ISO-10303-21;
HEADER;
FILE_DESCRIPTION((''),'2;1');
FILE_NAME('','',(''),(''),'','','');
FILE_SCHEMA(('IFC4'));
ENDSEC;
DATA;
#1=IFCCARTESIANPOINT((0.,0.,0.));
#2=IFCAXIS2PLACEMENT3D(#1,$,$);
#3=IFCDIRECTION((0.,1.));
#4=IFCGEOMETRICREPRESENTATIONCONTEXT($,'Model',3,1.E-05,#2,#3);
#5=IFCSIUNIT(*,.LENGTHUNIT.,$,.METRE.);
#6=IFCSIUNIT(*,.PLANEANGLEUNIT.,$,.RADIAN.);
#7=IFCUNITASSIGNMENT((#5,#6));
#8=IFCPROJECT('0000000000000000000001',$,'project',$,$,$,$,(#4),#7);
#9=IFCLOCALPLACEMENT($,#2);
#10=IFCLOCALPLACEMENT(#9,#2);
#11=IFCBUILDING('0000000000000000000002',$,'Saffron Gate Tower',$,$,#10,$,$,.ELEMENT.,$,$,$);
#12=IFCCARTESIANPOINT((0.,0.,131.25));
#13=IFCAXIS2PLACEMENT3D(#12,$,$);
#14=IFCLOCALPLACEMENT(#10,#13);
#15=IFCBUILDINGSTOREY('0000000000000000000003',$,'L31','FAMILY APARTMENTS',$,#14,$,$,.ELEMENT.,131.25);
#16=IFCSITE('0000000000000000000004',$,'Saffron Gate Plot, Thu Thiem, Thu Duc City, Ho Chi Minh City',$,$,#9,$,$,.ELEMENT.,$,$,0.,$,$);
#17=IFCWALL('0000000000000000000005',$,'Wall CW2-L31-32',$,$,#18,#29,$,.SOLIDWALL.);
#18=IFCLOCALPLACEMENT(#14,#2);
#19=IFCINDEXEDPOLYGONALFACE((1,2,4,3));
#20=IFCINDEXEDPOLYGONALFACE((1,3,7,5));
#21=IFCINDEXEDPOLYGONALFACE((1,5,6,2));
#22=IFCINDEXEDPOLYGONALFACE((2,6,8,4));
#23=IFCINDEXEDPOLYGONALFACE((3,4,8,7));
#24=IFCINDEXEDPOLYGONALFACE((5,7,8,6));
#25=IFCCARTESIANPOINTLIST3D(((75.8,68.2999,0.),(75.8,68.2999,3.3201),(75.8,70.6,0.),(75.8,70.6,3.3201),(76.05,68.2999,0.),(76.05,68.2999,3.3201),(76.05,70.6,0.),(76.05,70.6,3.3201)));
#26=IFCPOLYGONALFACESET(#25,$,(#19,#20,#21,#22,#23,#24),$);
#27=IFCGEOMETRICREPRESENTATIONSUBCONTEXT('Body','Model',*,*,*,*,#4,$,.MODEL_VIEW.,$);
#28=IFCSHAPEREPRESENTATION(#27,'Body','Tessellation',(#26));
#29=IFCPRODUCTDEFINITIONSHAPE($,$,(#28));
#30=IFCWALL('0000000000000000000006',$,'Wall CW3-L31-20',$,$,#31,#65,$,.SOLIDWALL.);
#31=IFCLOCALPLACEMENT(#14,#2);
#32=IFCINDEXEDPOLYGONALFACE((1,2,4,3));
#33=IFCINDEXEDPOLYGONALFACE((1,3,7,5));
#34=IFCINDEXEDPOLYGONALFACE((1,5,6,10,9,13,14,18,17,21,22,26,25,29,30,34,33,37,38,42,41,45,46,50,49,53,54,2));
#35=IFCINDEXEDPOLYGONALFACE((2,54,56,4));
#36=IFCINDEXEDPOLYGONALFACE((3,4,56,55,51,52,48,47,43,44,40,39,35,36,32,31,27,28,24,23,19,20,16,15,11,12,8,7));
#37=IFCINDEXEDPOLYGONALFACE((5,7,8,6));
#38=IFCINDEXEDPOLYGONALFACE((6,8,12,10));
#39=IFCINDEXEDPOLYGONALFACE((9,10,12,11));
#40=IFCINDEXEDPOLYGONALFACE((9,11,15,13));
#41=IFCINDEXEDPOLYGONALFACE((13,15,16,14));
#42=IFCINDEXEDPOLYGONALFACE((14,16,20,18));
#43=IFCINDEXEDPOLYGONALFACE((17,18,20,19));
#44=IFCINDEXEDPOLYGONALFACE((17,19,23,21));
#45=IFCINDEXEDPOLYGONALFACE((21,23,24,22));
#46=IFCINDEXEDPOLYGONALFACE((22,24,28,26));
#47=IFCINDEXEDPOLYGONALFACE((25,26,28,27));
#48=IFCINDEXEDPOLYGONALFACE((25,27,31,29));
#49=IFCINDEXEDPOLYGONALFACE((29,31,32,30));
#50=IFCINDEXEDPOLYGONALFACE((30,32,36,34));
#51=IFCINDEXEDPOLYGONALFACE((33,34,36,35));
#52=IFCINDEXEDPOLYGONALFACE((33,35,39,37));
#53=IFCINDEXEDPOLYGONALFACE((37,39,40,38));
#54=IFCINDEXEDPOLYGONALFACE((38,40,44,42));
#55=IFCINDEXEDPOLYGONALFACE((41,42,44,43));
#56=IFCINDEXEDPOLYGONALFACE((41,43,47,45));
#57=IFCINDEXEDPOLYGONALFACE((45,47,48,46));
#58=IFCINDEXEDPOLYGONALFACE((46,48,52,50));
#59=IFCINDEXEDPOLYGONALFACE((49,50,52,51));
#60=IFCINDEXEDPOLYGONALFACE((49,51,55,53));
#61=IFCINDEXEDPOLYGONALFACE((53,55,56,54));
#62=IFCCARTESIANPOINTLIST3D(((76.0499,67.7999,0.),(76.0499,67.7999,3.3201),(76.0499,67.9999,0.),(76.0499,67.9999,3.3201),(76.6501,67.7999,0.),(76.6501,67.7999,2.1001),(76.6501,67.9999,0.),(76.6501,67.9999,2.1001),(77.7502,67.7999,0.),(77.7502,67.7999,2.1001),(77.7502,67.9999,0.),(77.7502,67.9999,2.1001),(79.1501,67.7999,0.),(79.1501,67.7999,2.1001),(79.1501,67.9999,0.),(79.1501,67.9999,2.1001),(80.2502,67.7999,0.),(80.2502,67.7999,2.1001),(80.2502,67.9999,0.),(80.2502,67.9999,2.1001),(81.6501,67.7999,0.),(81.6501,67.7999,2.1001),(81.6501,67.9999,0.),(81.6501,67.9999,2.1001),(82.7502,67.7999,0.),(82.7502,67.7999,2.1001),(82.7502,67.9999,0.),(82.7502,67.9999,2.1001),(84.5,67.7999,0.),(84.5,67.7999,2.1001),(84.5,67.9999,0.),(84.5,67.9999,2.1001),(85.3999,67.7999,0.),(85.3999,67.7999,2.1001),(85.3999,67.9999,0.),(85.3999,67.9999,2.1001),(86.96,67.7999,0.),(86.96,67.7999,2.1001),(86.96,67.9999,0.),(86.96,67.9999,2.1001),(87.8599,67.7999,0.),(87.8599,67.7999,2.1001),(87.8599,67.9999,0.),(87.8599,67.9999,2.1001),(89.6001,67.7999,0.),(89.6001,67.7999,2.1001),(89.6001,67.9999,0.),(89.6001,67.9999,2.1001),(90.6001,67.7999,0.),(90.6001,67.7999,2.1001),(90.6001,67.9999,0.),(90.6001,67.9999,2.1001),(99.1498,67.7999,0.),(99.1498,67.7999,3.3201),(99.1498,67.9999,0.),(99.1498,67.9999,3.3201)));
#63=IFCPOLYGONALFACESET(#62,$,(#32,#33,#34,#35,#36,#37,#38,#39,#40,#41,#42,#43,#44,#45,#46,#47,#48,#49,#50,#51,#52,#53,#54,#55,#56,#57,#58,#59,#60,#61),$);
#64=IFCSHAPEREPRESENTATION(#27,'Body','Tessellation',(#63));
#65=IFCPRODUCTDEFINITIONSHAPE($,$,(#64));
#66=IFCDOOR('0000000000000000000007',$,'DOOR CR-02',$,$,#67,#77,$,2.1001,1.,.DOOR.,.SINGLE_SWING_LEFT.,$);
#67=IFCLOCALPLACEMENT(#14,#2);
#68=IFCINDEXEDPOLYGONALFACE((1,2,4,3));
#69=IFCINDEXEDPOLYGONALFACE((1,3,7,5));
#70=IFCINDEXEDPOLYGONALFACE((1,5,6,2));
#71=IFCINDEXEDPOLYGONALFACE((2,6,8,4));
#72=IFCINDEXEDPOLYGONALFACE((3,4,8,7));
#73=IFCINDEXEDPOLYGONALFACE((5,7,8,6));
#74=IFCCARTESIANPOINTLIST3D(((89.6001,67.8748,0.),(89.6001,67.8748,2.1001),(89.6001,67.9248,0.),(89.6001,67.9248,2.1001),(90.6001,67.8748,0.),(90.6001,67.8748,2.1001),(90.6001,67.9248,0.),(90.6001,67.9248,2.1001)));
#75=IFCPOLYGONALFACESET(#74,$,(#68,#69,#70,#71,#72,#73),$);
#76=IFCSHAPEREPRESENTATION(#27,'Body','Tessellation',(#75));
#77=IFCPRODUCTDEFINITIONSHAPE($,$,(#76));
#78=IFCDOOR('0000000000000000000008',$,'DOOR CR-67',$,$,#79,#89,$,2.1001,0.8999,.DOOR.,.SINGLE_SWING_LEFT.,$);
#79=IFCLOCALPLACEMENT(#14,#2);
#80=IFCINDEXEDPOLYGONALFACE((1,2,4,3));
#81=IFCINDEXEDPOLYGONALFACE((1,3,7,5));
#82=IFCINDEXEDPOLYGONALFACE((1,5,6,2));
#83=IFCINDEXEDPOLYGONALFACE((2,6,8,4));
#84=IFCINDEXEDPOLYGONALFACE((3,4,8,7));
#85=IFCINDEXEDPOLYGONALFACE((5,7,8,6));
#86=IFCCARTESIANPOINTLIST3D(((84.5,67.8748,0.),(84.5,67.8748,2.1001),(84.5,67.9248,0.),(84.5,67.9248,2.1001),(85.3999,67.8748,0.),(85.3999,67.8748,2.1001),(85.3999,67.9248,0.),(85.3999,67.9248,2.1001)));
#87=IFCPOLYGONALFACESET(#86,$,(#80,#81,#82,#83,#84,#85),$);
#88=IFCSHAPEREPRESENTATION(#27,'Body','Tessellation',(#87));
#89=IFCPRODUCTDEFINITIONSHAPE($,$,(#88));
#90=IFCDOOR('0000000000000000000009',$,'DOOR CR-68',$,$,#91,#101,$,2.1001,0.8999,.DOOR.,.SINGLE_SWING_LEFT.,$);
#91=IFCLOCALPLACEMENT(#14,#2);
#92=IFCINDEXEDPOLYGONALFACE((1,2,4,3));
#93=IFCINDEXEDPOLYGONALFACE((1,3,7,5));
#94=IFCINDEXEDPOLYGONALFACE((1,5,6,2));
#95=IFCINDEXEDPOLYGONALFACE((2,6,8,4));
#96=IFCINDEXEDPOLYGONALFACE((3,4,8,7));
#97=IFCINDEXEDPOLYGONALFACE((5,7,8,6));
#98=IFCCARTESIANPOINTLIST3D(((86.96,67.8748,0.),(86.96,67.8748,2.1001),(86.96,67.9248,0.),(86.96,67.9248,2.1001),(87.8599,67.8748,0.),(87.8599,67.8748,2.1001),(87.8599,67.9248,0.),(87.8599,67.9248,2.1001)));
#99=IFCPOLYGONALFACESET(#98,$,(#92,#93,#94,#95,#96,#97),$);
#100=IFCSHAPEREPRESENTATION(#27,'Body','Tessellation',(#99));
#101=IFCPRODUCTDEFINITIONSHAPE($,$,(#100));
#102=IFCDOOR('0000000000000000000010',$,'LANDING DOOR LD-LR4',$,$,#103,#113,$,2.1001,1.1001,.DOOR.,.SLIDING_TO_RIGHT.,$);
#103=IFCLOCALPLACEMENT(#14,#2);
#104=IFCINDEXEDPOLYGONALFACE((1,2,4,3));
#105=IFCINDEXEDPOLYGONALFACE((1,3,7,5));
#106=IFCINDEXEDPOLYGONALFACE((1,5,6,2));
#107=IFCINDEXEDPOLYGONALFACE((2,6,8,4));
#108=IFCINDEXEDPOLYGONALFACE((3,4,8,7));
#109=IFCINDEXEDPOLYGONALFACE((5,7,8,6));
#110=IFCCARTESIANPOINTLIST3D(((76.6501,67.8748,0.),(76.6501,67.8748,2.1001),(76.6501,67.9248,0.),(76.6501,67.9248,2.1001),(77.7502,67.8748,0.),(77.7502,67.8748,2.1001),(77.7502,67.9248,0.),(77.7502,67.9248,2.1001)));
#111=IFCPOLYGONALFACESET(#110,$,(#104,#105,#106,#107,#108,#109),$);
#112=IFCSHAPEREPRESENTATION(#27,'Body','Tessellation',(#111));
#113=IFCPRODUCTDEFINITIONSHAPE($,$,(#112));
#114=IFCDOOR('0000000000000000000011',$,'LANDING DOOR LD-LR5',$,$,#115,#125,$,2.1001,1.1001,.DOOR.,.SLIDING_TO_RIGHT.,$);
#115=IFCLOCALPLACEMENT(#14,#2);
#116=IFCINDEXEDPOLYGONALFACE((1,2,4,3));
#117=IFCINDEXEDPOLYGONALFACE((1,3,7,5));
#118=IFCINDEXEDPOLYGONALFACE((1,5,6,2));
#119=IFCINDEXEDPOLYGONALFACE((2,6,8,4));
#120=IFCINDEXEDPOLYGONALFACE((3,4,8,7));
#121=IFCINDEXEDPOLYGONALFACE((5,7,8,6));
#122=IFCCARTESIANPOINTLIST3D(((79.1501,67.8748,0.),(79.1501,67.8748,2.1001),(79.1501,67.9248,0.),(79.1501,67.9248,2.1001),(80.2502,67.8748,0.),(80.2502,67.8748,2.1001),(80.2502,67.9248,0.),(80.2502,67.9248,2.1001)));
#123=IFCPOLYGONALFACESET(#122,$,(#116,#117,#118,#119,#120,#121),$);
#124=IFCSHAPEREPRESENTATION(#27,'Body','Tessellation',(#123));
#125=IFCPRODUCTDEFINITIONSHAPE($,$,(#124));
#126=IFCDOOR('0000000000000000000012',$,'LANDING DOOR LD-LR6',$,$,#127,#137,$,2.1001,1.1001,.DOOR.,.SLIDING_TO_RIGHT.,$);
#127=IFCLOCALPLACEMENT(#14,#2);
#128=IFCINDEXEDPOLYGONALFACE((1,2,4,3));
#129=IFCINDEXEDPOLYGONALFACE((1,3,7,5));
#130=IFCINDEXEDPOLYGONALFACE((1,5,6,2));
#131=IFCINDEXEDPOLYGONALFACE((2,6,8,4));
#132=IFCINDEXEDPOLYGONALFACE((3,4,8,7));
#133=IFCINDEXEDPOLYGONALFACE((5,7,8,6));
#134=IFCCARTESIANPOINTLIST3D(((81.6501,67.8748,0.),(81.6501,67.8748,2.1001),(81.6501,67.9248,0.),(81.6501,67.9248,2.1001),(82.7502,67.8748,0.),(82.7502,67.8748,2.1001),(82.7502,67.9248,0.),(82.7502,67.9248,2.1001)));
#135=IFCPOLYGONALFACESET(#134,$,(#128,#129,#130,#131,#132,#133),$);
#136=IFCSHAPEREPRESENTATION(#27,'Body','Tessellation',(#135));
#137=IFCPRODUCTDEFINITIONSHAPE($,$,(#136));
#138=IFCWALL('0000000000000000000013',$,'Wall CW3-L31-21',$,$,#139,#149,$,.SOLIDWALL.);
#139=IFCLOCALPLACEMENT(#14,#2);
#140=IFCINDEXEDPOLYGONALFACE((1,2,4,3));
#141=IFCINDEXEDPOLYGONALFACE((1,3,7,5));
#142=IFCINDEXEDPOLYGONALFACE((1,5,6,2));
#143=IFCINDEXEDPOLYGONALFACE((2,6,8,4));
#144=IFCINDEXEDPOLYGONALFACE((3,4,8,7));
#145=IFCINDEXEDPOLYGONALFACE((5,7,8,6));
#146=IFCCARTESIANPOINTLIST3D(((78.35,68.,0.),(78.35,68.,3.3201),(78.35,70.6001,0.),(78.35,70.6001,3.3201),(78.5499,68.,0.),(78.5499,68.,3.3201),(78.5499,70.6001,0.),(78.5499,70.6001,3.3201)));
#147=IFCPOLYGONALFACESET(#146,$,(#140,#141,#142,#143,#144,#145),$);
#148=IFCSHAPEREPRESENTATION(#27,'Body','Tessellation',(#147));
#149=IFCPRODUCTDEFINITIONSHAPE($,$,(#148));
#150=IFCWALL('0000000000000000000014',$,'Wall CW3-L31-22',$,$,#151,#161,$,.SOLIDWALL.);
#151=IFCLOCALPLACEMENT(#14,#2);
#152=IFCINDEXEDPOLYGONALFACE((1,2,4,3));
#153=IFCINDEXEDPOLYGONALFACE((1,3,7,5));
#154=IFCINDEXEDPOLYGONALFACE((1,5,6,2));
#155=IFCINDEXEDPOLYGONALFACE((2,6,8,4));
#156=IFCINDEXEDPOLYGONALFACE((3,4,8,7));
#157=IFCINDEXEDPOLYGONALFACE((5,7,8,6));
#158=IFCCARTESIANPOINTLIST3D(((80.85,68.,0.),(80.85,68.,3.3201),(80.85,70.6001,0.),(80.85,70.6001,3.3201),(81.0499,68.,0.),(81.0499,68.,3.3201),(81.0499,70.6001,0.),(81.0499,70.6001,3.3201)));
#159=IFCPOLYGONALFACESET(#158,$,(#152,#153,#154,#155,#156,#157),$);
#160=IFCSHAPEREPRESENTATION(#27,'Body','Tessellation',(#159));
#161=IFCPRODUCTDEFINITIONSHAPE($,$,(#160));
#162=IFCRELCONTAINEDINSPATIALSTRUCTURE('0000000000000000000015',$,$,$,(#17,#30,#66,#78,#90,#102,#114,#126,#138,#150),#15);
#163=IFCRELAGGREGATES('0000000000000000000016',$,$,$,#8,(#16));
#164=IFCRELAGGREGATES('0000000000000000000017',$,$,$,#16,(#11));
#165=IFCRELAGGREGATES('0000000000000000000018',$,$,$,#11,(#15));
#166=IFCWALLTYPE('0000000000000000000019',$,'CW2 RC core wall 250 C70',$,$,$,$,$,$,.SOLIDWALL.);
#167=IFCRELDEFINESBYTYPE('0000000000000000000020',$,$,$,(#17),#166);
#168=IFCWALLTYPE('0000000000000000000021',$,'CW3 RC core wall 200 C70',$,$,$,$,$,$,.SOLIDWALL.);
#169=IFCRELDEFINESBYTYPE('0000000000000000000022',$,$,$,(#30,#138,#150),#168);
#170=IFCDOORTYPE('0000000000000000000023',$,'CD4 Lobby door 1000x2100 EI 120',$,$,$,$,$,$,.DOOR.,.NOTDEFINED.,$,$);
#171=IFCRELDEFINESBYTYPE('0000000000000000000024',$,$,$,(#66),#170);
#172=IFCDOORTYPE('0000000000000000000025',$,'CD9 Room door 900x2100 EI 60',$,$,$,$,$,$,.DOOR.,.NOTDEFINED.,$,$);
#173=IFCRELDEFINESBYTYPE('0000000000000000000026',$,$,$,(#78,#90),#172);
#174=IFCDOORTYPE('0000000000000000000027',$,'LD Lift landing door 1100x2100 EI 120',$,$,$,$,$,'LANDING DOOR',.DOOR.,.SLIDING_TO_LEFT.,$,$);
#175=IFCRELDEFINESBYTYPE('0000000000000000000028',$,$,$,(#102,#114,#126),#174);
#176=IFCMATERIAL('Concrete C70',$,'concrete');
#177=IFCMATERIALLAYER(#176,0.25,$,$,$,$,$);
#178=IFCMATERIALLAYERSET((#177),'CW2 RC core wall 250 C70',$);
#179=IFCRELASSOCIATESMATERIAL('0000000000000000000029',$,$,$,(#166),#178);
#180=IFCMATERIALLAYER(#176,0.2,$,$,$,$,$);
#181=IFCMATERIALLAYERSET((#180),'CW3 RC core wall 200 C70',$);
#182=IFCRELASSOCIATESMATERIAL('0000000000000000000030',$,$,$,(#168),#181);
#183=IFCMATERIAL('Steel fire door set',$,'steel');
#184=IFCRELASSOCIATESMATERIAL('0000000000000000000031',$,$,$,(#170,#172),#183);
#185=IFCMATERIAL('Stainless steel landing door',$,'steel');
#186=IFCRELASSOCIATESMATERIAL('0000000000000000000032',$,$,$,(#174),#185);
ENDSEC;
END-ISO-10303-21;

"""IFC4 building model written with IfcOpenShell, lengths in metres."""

from ifc_helpers import new_model, si_unit, direction, frame, frame_2d, origin, place, context, subcontext, project, spatial, rectangle, extrude, material, layer, layer_set, type_object, element, fill, save


model = new_model("IFC4")

# Units and contexts
model_context = context("Model", 3, precision=1e-05, world=origin(), true_north=direction((0.0, 1.0)))
body_context = subcontext(model_context, "Body", "Model", "MODEL_VIEW")
ifc_project = project(units=[si_unit("LENGTHUNIT", "METRE"), si_unit("PLANEANGLEUNIT", "RADIAN")], contexts=[model_context])

# Site, building, storey
site_placement = place(None, origin())
site = spatial("IfcSite", under=ifc_project, at=site_placement, Name="Saffron Gate Plot, Thu Thiem, Thu Duc City, Ho Chi Minh City", CompositionType="ELEMENT", RefElevation=0.0)
building_placement = place(site_placement, origin())
building = spatial("IfcBuilding", under=site, at=building_placement, Name="Saffron Gate Tower", CompositionType="ELEMENT")
storey_placement = place(building_placement, frame((0.0, 0.0, 131.25)))
storey = spatial("IfcBuildingStorey", under=building, at=storey_placement, Name="L31", Description="FAMILY APARTMENTS", CompositionType="ELEMENT", Elevation=131.25)

# Wall
ifc_material_1 = material(Name="Concrete C70", Category="concrete")
ifc_layer_1 = layer(ifc_material_1, 0.25)
ifc_layer_set_1 = layer_set([ifc_layer_1], Name="CW2 RC core wall 250 C70")
wall_type_1 = type_object("IfcWallType", Name="CW2 RC core wall 250 C70", PredefinedType="SOLIDWALL", material=ifc_layer_set_1)
wall_1_placement = place(storey_placement, frame((75.925, 68.3, 0.0), z_axis=(0.0, 0.0, 1.0), x_axis=(0.0, 1.0, 0.0)))
element("IfcWall", 1, at=wall_1_placement, inside=storey, type_object=wall_type_1, Name="Wall CW2-L31-32", PredefinedType="SOLIDWALL", context=body_context, shape_type="SweptSolid", body=[
    extrude(rectangle(XDim=2.3, YDim=0.25, at=frame_2d((1.1499, 0.0))), origin(), (0.0, 0.0, 1.0), 3.3201),
])

# Wall, openings, doors
ifc_layer_2 = layer(ifc_material_1, 0.2)
ifc_layer_set_2 = layer_set([ifc_layer_2], Name="CW3 RC core wall 200 C70")
wall_type_2 = type_object("IfcWallType", Name="CW3 RC core wall 200 C70", PredefinedType="SOLIDWALL", material=ifc_layer_set_2)
wall_2_placement = place(storey_placement, frame((76.05, 67.8999, 0.0), z_axis=(0.0, 0.0, 1.0), x_axis=(1.0, 0.0, 0.0)))
wall_2 = element("IfcWall", 2, at=wall_2_placement, inside=storey, type_object=wall_type_2, Name="Wall CW3-L31-20", PredefinedType="SOLIDWALL", context=body_context, shape_type="SweptSolid", body=[
    extrude(rectangle(XDim=23.0999, YDim=0.2, at=frame_2d((11.5498, 0.0))), origin(), (0.0, 0.0, 1.0), 3.3201),
])
opening_1_placement = place(wall_2_placement, frame((0.6001, 0.0, 0.0)))
opening_1 = element("IfcOpeningElement", 3, at=opening_1_placement, cuts=wall_2, PredefinedType="OPENING", context=body_context, shape_type="SweptSolid", body=[
    extrude(rectangle(XDim=1.1001, YDim=2.1001, at=frame_2d((0.55, 1.05))), frame((0.0, 0.1099, 0.0), z_axis=(0.0, -1.0, 0.0), x_axis=(1.0, 0.0, 0.0)), (0.0, 0.0, 1.0), 0.22),
])
opening_2_placement = place(wall_2_placement, frame((3.1001, 0.0, 0.0)))
opening_2 = element("IfcOpeningElement", 4, at=opening_2_placement, cuts=wall_2, PredefinedType="OPENING", context=body_context, shape_type="SweptSolid", body=[
    extrude(rectangle(XDim=1.1001, YDim=2.1001, at=frame_2d((0.55, 1.05))), frame((0.0, 0.1099, 0.0), z_axis=(0.0, -1.0, 0.0), x_axis=(1.0, 0.0, 0.0)), (0.0, 0.0, 1.0), 0.22),
])
opening_3_placement = place(wall_2_placement, frame((5.6001, 0.0, 0.0)))
opening_3 = element("IfcOpeningElement", 5, at=opening_3_placement, cuts=wall_2, PredefinedType="OPENING", context=body_context, shape_type="SweptSolid", body=[
    extrude(rectangle(XDim=1.1001, YDim=2.1001, at=frame_2d((0.55, 1.05))), frame((0.0, 0.1099, 0.0), z_axis=(0.0, -1.0, 0.0), x_axis=(1.0, 0.0, 0.0)), (0.0, 0.0, 1.0), 0.22),
])
opening_4_placement = place(wall_2_placement, frame((8.45, 0.0, 0.0)))
opening_4 = element("IfcOpeningElement", 6, at=opening_4_placement, cuts=wall_2, PredefinedType="OPENING", context=body_context, shape_type="SweptSolid", body=[
    extrude(rectangle(XDim=0.8999, YDim=2.1001, at=frame_2d((0.45, 1.05))), frame((0.0, 0.1099, 0.0), z_axis=(0.0, -1.0, 0.0), x_axis=(1.0, 0.0, 0.0)), (0.0, 0.0, 1.0), 0.22),
])
opening_5_placement = place(wall_2_placement, frame((10.9099, 0.0, 0.0)))
opening_5 = element("IfcOpeningElement", 7, at=opening_5_placement, cuts=wall_2, PredefinedType="OPENING", context=body_context, shape_type="SweptSolid", body=[
    extrude(rectangle(XDim=0.8999, YDim=2.1001, at=frame_2d((0.45, 1.05))), frame((0.0, 0.1099, 0.0), z_axis=(0.0, -1.0, 0.0), x_axis=(1.0, 0.0, 0.0)), (0.0, 0.0, 1.0), 0.22),
])
opening_6_placement = place(wall_2_placement, frame((13.55, 0.0, 0.0)))
opening_6 = element("IfcOpeningElement", 8, at=opening_6_placement, cuts=wall_2, PredefinedType="OPENING", context=body_context, shape_type="SweptSolid", body=[
    extrude(rectangle(XDim=1.0, YDim=2.1001, at=frame_2d((0.5, 1.05))), frame((0.0, 0.1099, 0.0), z_axis=(0.0, -1.0, 0.0), x_axis=(1.0, 0.0, 0.0)), (0.0, 0.0, 1.0), 0.22),
])
ifc_material_2 = material(Name="Steel fire door set", Category="steel")
door_type_1 = type_object("IfcDoorType", Name="CD4 Lobby door 1000x2100 EI 120", OperationType="NOTDEFINED", PredefinedType="DOOR", material=ifc_material_2)
door_1_placement = place(opening_6_placement, origin())
door_1 = element("IfcDoor", 9, at=door_1_placement, inside=storey, type_object=door_type_1, Name="DOOR CR-02", OperationType="SINGLE_SWING_LEFT", OverallHeight=2.1001, OverallWidth=1.0, PredefinedType="DOOR", context=body_context, shape_type="SweptSolid", body=[
    extrude(rectangle(XDim=1.0, YDim=2.1001, at=frame_2d((0.5, 1.05))), frame((0.0, 0.0249, 0.0), z_axis=(0.0, -1.0, 0.0), x_axis=(1.0, 0.0, 0.0)), (0.0, 0.0, 1.0), 0.05),
])
fill(opening_6, door_1)
door_type_2 = type_object("IfcDoorType", Name="CD9 Room door 900x2100 EI 60", OperationType="NOTDEFINED", PredefinedType="DOOR", material=ifc_material_2)
door_2_placement = place(opening_4_placement, origin())
door_2 = element("IfcDoor", 10, at=door_2_placement, inside=storey, type_object=door_type_2, Name="DOOR CR-67", OperationType="SINGLE_SWING_LEFT", OverallHeight=2.1001, OverallWidth=0.8999, PredefinedType="DOOR", context=body_context, shape_type="SweptSolid", body=[
    extrude(rectangle(XDim=0.8999, YDim=2.1001, at=frame_2d((0.45, 1.05))), frame((0.0, 0.0249, 0.0), z_axis=(0.0, -1.0, 0.0), x_axis=(1.0, 0.0, 0.0)), (0.0, 0.0, 1.0), 0.05),
])
fill(opening_4, door_2)
door_3_placement = place(opening_5_placement, origin())
door_3 = element("IfcDoor", 11, at=door_3_placement, inside=storey, type_object=door_type_2, Name="DOOR CR-68", OperationType="SINGLE_SWING_LEFT", OverallHeight=2.1001, OverallWidth=0.8999, PredefinedType="DOOR", context=body_context, shape_type="SweptSolid", body=[
    extrude(rectangle(XDim=0.8999, YDim=2.1001, at=frame_2d((0.45, 1.05))), frame((0.0, 0.0249, 0.0), z_axis=(0.0, -1.0, 0.0), x_axis=(1.0, 0.0, 0.0)), (0.0, 0.0, 1.0), 0.05),
])
fill(opening_5, door_3)
ifc_material_3 = material(Name="Stainless steel landing door", Category="steel")
door_type_3 = type_object("IfcDoorType", Name="LD Lift landing door 1100x2100 EI 120", ElementType="LANDING DOOR", OperationType="SLIDING_TO_LEFT", PredefinedType="DOOR", material=ifc_material_3)
door_4_placement = place(opening_1_placement, origin())
door_4 = element("IfcDoor", 12, at=door_4_placement, inside=storey, type_object=door_type_3, Name="LANDING DOOR LD-LR4", OperationType="SLIDING_TO_RIGHT", OverallHeight=2.1001, OverallWidth=1.1001, PredefinedType="DOOR", context=body_context, shape_type="SweptSolid", body=[
    extrude(rectangle(XDim=1.1001, YDim=2.1001, at=frame_2d((0.55, 1.05))), frame((0.0, 0.0249, 0.0), z_axis=(0.0, -1.0, 0.0), x_axis=(1.0, 0.0, 0.0)), (0.0, 0.0, 1.0), 0.05),
])
fill(opening_1, door_4)
door_5_placement = place(opening_2_placement, origin())
door_5 = element("IfcDoor", 13, at=door_5_placement, inside=storey, type_object=door_type_3, Name="LANDING DOOR LD-LR5", OperationType="SLIDING_TO_RIGHT", OverallHeight=2.1001, OverallWidth=1.1001, PredefinedType="DOOR", context=body_context, shape_type="SweptSolid", body=[
    extrude(rectangle(XDim=1.1001, YDim=2.1001, at=frame_2d((0.55, 1.05))), frame((0.0, 0.0249, 0.0), z_axis=(0.0, -1.0, 0.0), x_axis=(1.0, 0.0, 0.0)), (0.0, 0.0, 1.0), 0.05),
])
fill(opening_2, door_5)
door_6_placement = place(opening_3_placement, origin())
door_6 = element("IfcDoor", 14, at=door_6_placement, inside=storey, type_object=door_type_3, Name="LANDING DOOR LD-LR6", OperationType="SLIDING_TO_RIGHT", OverallHeight=2.1001, OverallWidth=1.1001, PredefinedType="DOOR", context=body_context, shape_type="SweptSolid", body=[
    extrude(rectangle(XDim=1.1001, YDim=2.1001, at=frame_2d((0.55, 1.05))), frame((0.0, 0.0249, 0.0), z_axis=(0.0, -1.0, 0.0), x_axis=(1.0, 0.0, 0.0)), (0.0, 0.0, 1.0), 0.05),
])
fill(opening_3, door_6)

# Walls
for number, where, z_axis, x_axis, name in (
    (15, (78.45, 68.0, 0.0), (0.0, 0.0, 1.0), (0.0, 1.0, 0.0), "Wall CW3-L31-21"),
    (16, (80.95, 68.0, 0.0), (0.0, 0.0, 1.0), (0.0, 1.0, 0.0), "Wall CW3-L31-22"),
):
    element("IfcWall", number, at=place(storey_placement, frame(where, z_axis=z_axis, x_axis=x_axis)), inside=storey, type_object=wall_type_2, Name=name, PredefinedType="SOLIDWALL", context=body_context, shape_type="SweptSolid", body=[
        extrude(rectangle(XDim=2.6001, YDim=0.2, at=frame_2d((1.3, 0.0))), origin(), (0.0, 0.0, 1.0), 3.3201),
    ])

save(model, "model.ifc")
